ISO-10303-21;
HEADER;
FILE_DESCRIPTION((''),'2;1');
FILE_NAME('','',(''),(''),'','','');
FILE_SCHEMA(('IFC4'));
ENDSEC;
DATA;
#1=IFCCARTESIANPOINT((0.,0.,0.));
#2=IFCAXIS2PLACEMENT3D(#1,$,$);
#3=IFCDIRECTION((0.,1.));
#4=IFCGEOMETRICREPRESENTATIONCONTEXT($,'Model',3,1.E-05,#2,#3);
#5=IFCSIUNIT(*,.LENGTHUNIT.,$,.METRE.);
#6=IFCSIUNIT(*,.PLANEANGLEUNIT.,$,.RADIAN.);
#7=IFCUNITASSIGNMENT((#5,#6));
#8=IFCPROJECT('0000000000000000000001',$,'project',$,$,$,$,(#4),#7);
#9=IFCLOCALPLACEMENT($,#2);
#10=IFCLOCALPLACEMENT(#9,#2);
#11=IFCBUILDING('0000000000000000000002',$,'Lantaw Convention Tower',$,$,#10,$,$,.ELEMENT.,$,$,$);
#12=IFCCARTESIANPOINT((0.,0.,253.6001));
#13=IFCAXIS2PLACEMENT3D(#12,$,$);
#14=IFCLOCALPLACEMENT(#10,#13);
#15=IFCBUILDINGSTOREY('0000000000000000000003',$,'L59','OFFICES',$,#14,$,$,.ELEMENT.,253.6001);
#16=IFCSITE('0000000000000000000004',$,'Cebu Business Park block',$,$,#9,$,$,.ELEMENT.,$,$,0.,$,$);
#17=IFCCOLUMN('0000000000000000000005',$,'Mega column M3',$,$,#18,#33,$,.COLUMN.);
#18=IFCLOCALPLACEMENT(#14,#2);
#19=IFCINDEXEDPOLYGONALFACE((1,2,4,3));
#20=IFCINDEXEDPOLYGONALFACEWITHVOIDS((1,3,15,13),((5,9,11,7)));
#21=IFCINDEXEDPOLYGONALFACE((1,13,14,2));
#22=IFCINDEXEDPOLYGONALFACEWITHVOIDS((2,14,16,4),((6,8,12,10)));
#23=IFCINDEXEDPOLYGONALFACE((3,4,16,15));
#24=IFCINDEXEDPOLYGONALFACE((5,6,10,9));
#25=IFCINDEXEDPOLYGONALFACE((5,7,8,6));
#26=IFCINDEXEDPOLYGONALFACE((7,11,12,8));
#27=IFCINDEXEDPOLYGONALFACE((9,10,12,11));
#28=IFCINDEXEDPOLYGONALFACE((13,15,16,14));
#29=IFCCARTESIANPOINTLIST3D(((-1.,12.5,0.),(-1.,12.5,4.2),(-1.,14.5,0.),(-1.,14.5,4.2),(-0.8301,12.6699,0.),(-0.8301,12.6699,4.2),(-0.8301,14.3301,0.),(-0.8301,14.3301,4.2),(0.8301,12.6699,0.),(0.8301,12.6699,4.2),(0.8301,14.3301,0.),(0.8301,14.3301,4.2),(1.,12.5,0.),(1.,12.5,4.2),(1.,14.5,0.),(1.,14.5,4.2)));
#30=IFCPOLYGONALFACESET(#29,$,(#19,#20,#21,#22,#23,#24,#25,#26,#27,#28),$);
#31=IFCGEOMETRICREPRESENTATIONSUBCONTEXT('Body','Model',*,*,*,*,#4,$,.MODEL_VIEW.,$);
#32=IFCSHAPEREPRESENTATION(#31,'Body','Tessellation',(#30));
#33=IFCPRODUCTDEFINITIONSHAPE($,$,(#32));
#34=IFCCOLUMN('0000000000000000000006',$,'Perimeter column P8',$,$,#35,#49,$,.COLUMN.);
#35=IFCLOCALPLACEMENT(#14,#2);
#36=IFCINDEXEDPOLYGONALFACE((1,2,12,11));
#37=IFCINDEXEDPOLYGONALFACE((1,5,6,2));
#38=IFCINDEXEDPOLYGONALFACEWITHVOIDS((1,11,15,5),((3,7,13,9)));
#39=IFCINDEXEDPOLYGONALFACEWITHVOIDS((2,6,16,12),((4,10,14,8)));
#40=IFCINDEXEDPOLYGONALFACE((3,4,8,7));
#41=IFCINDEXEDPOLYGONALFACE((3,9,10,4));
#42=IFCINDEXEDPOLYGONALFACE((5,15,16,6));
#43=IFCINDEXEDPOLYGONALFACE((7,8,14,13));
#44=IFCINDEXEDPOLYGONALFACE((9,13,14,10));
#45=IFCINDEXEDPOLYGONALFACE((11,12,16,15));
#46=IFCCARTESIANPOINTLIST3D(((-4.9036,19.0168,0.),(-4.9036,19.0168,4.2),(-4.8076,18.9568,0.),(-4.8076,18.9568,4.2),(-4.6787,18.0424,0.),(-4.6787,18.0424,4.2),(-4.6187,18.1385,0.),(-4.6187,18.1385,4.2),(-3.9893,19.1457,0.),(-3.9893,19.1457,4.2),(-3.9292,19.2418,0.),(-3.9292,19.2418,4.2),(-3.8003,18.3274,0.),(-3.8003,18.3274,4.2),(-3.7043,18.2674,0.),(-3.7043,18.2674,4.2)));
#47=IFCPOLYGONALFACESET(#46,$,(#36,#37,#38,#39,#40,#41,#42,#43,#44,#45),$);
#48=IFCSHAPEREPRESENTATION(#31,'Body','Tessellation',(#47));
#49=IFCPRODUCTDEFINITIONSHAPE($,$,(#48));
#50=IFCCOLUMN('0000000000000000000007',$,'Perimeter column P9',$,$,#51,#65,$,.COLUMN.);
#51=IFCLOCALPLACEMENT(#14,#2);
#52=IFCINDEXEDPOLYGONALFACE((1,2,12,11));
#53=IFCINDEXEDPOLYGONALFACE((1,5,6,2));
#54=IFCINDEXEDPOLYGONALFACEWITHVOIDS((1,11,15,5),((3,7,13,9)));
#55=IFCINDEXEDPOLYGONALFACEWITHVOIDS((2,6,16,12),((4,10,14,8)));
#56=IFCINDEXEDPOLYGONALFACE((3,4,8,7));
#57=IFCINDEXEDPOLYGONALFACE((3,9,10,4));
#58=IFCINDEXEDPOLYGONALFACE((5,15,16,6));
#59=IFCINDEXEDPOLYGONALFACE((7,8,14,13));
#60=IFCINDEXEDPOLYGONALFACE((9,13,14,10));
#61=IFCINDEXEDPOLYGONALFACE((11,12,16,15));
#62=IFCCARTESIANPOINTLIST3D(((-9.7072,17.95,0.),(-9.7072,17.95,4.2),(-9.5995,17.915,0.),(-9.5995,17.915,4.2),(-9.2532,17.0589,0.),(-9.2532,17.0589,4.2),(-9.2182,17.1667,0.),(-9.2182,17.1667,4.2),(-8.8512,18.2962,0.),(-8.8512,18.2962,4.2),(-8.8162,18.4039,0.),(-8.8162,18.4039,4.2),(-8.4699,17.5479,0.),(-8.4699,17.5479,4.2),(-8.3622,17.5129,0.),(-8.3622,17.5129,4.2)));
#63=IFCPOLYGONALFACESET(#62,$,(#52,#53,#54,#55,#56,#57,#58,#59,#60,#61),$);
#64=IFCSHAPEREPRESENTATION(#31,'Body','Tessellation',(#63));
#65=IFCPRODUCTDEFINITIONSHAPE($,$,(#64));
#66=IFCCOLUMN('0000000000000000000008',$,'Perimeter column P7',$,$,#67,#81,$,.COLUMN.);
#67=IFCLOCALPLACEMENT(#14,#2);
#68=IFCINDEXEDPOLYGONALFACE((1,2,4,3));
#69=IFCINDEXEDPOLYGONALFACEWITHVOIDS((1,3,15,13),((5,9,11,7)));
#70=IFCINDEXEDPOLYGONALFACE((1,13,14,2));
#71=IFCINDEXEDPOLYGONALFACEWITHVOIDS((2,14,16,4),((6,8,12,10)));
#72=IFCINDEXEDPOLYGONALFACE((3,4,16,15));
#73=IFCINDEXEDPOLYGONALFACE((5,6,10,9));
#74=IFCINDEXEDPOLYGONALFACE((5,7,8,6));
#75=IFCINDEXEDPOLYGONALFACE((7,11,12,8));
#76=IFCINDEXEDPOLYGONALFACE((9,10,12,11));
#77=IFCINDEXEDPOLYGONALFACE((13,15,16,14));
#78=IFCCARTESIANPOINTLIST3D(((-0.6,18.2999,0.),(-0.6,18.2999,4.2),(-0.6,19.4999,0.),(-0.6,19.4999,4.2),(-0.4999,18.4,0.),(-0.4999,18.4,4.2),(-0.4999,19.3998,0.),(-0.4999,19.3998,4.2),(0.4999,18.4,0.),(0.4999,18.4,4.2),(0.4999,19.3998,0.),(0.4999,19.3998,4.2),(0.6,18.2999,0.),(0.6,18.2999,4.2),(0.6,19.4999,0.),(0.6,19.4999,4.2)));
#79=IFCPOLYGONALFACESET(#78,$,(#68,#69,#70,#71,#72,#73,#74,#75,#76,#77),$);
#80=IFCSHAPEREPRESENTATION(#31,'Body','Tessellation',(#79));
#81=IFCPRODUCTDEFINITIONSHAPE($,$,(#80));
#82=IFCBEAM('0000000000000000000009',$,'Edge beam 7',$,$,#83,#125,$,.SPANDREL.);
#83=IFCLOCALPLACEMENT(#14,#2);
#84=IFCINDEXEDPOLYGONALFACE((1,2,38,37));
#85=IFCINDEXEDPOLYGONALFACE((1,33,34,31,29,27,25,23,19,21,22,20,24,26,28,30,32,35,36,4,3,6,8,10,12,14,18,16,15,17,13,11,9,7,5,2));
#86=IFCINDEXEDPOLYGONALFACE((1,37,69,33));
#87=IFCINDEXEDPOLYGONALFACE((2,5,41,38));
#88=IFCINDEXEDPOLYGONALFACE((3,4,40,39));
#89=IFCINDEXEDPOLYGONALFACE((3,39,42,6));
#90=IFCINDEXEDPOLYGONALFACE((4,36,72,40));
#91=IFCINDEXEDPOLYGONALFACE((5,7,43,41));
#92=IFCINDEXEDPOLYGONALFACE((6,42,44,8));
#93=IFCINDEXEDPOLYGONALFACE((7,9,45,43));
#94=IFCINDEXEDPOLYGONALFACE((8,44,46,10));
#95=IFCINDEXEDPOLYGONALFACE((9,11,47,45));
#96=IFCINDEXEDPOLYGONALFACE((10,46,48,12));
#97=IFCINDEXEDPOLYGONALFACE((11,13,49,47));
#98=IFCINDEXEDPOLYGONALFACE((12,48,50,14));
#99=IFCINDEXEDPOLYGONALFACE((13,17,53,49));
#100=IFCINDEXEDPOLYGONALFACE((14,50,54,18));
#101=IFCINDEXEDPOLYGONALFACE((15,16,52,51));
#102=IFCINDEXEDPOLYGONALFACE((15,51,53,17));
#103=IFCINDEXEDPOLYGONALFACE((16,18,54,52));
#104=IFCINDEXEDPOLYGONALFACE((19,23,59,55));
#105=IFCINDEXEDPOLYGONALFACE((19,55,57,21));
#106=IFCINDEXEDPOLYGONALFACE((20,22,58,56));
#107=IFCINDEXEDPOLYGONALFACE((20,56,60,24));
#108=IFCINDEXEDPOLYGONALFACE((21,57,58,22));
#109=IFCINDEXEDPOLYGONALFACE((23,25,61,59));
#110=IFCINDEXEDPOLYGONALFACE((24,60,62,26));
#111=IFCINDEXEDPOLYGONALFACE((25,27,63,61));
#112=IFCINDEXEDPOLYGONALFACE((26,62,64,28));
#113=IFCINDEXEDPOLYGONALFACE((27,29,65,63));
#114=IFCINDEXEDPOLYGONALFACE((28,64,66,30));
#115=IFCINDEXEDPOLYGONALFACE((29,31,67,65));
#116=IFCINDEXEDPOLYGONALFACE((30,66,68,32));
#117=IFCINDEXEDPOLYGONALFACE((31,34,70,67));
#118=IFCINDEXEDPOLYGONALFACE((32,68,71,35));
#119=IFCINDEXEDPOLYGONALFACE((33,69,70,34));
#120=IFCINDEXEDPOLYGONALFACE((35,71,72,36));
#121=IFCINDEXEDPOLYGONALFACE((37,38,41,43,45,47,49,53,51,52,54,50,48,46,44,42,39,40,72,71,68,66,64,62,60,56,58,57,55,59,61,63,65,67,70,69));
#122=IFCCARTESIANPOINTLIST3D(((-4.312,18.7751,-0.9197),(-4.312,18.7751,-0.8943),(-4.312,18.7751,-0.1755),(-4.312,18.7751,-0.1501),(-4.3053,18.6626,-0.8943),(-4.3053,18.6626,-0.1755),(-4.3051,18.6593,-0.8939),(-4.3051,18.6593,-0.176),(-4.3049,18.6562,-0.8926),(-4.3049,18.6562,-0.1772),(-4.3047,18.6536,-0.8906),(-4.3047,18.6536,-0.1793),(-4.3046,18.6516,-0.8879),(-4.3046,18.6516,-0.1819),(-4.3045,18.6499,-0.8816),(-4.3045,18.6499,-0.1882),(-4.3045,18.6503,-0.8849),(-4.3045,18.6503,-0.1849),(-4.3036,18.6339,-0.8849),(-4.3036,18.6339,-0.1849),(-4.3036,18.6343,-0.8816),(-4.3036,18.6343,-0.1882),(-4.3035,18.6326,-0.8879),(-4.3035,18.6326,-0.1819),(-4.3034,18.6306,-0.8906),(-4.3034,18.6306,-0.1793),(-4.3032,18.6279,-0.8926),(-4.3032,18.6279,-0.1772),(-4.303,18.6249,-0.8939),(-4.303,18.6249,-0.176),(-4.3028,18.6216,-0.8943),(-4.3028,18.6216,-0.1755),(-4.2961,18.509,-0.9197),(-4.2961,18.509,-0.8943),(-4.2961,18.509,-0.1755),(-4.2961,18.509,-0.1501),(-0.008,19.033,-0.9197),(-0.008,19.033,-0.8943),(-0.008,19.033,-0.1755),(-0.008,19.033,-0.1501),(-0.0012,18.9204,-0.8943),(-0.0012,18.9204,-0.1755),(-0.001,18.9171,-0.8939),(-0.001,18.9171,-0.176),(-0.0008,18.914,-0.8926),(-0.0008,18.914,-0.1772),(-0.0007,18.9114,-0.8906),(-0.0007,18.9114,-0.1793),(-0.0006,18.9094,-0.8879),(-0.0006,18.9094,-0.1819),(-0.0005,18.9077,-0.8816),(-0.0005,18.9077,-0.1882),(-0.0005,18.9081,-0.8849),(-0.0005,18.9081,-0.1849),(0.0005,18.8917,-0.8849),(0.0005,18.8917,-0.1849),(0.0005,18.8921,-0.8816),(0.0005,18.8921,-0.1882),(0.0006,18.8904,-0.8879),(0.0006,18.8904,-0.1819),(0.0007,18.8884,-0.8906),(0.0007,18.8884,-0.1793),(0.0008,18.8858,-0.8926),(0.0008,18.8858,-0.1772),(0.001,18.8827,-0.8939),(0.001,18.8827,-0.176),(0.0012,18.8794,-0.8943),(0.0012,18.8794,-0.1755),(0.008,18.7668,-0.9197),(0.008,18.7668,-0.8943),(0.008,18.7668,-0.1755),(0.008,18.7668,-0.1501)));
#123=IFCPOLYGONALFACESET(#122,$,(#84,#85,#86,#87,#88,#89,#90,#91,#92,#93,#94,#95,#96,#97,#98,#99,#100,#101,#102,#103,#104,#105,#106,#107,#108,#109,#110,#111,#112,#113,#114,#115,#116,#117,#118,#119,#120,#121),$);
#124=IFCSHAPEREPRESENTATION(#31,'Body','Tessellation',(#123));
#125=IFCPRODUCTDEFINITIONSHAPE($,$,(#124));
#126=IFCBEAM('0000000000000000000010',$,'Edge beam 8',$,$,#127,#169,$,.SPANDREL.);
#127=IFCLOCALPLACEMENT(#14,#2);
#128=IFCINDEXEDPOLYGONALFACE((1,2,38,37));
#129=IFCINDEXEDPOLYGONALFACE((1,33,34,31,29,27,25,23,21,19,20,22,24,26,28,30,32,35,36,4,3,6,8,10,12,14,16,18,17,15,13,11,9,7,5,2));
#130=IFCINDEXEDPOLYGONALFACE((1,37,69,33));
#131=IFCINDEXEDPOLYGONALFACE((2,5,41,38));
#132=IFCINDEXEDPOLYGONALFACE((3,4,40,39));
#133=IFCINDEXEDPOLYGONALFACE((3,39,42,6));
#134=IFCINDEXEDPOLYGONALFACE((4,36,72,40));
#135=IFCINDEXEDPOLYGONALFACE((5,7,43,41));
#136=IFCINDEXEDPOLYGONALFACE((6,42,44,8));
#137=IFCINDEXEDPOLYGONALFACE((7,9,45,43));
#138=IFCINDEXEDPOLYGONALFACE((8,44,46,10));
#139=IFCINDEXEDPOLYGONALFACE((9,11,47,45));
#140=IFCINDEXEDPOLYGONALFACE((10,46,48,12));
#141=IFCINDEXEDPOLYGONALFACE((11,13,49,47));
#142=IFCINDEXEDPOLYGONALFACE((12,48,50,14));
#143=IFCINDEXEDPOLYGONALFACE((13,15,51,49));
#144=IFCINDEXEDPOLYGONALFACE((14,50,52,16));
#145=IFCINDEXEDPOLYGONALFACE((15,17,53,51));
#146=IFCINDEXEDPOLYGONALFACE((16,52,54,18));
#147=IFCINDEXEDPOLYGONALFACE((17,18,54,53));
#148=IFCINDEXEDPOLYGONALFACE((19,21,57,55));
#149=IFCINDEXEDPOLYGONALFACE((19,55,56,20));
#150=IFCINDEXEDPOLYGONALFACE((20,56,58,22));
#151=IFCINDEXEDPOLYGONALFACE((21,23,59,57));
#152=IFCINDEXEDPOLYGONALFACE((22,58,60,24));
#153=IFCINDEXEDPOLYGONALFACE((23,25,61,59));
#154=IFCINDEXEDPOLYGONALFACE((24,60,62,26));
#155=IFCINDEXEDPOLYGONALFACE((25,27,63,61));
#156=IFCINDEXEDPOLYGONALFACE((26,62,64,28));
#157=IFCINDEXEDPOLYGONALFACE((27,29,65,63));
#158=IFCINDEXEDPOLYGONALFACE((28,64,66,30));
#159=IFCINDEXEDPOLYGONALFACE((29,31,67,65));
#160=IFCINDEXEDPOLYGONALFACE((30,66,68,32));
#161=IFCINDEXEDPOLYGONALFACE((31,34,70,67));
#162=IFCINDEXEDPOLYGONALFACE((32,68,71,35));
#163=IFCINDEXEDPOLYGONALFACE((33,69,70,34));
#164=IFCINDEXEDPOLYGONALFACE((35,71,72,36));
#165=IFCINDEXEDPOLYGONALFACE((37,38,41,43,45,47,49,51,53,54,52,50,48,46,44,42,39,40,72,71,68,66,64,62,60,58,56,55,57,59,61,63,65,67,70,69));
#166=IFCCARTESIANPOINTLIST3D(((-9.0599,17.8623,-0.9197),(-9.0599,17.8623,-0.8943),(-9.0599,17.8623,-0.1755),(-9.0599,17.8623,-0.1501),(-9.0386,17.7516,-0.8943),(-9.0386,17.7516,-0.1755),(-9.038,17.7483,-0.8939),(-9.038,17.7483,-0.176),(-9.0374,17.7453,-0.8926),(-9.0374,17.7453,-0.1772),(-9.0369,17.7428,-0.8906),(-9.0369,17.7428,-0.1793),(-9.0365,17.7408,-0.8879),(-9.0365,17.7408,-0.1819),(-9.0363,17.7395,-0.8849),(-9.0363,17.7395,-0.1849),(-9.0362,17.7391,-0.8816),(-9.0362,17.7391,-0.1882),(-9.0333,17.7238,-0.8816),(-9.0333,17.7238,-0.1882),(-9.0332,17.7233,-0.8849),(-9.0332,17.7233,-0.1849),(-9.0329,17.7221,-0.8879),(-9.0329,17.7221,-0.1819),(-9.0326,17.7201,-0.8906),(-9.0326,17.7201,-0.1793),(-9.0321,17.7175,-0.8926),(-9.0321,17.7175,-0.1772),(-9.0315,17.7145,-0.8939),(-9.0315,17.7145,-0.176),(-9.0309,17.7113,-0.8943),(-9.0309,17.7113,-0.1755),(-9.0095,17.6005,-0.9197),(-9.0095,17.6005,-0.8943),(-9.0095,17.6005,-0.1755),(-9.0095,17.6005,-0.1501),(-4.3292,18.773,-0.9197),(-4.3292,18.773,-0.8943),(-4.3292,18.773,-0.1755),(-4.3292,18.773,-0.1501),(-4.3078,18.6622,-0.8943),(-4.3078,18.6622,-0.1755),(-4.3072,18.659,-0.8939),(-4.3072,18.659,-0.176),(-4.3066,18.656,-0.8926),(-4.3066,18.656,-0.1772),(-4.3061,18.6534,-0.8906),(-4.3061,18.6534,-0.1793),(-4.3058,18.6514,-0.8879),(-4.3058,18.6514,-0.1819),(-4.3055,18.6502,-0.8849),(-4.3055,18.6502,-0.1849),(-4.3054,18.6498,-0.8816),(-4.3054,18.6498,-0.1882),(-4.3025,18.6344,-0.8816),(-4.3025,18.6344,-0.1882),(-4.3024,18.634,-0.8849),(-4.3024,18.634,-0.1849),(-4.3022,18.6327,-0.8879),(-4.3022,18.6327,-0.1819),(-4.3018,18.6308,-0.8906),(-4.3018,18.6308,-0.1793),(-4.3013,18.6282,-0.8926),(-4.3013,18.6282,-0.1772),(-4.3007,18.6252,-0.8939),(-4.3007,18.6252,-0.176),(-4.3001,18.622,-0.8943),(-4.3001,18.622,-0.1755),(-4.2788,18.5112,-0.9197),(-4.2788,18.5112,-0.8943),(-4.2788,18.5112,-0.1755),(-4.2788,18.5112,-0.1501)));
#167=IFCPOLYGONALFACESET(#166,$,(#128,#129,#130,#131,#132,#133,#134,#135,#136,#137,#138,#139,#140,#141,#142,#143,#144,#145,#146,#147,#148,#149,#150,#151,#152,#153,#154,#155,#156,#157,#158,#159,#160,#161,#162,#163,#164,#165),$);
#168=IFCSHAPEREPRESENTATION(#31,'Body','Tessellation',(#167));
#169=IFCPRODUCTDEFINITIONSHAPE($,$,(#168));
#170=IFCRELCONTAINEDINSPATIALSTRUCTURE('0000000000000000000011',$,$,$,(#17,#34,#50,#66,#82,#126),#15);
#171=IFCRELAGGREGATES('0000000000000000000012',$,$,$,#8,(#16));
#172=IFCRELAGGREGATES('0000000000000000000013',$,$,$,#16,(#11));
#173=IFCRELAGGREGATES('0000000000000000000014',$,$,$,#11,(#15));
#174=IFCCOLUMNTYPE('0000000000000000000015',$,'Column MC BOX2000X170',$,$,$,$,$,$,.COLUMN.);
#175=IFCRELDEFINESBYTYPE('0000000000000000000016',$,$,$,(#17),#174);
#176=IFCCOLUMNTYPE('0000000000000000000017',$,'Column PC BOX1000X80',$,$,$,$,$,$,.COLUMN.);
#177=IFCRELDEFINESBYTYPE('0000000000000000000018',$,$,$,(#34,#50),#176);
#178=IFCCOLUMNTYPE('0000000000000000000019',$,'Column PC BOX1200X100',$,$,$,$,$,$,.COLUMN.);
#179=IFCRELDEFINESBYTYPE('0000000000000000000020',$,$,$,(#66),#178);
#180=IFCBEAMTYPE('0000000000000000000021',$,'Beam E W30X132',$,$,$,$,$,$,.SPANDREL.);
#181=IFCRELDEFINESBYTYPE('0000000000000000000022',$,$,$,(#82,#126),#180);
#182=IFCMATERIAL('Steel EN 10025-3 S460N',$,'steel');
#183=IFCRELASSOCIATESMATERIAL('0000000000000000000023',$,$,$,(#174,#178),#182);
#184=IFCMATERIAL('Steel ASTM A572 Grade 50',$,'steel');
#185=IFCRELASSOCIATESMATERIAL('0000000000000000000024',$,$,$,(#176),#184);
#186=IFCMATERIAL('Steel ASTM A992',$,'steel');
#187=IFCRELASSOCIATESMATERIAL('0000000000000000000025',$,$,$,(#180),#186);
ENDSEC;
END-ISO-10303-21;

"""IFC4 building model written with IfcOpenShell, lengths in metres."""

from ifc_helpers import new_model, si_unit, direction, frame, origin, origin_2d, place, context, subcontext, project, spatial, rectangle, hollow_rectangle, i_section, extrude, material, material_profile, profile_set, type_object, element, save


model = new_model("IFC4")

# Units and contexts
model_context = context("Model", 3, precision=1e-05, world=origin(), true_north=direction((0.0, 1.0)))
body_context = subcontext(model_context, "Body", "Model", "MODEL_VIEW")
ifc_project = project(units=[si_unit("LENGTHUNIT", "METRE"), si_unit("PLANEANGLEUNIT", "RADIAN")], contexts=[model_context])

# Site, building, storey
site_placement = place(None, origin())
site = spatial("IfcSite", under=ifc_project, at=site_placement, Name="Cebu Business Park block", CompositionType="ELEMENT", RefElevation=0.0)
building_placement = place(site_placement, origin())
building = spatial("IfcBuilding", under=site, at=building_placement, Name="Lantaw Convention Tower", CompositionType="ELEMENT")
storey_placement = place(building_placement, frame((0.0, 0.0, 253.6001)))
storey = spatial("IfcBuildingStorey", under=building, at=storey_placement, Name="L59", Description="OFFICES", CompositionType="ELEMENT", Elevation=253.6001)

# Columns
ifc_material_1 = material(Name="Steel EN 10025-3 S460N", Category="steel")
ifc_material_profile_1 = material_profile(ifc_material_1, hollow_rectangle(XDim=2.0, YDim=2.0, WallThickness=0.1699, at=origin_2d()), Name="BOX2000X170")
ifc_material_2 = material(Name="Concrete C60/75", Category="concrete")
ifc_material_profile_2 = material_profile(ifc_material_2, rectangle(XDim=1.6599, YDim=1.6599, at=origin_2d()), Name="Concrete fill of BOX2000X170")
ifc_profile_set_1 = profile_set([ifc_material_profile_1, ifc_material_profile_2], Name="Steel EN 10025-3 S460N")
column_type_1 = type_object("IfcColumnType", Name="Column MC BOX2000X170", PredefinedType="COLUMN", material=ifc_profile_set_1)
column_1_placement = place(storey_placement, frame((0.0, 13.5, 0.0), z_axis=(0.0, 0.0, 1.0), x_axis=(1.0, 0.0, 0.0)))
element("IfcColumn", 1, at=column_1_placement, inside=storey, type_object=column_type_1, Name="Mega column M3", PredefinedType="COLUMN", context=body_context, shape_type="SweptSolid", body=[
    extrude(hollow_rectangle(XDim=2.0, YDim=2.0, WallThickness=0.1699, at=origin_2d()), origin(), (0.0, 0.0, 1.0), 4.2),
])
ifc_material_3 = material(Name="Steel ASTM A572 Grade 50", Category="steel")
ifc_material_profile_3 = material_profile(ifc_material_3, hollow_rectangle(XDim=1.0, YDim=1.0, WallThickness=0.0801, at=origin_2d()), Name="BOX1000X80")
ifc_material_profile_4 = material_profile(ifc_material_2, rectangle(XDim=0.8401, YDim=0.8401, at=origin_2d()), Name="Concrete fill of BOX1000X80")
ifc_profile_set_2 = profile_set([ifc_material_profile_3, ifc_material_profile_4], Name="Steel ASTM A572 Grade 50")
column_type_2 = type_object("IfcColumnType", Name="Column PC BOX1000X80", PredefinedType="COLUMN", material=ifc_profile_set_2)
for number, where, z_axis, x_axis, name in (
    (2, (-4.304, 18.6421, 0.0), (0.0, 0.0, 1.0), (0.97437, 0.224951, 0.0), "Perimeter column P8"),
    (3, (-9.0347, 17.7314, 0.0), (0.0, 0.0, 1.0), (0.891007, 0.45399, 0.0), "Perimeter column P9"),
):
    element("IfcColumn", number, at=place(storey_placement, frame(where, z_axis=z_axis, x_axis=x_axis)), inside=storey, type_object=column_type_2, Name=name, PredefinedType="COLUMN", context=body_context, shape_type="SweptSolid", body=[
        extrude(hollow_rectangle(XDim=1.0, YDim=1.0, WallThickness=0.0801, at=origin_2d()), origin(), (0.0, 0.0, 1.0), 4.2),
    ])
ifc_material_profile_5 = material_profile(ifc_material_1, hollow_rectangle(XDim=1.2, YDim=1.2, WallThickness=0.1001, at=origin_2d()), Name="BOX1200X100")
ifc_material_profile_6 = material_profile(ifc_material_2, rectangle(XDim=1.0, YDim=1.0, at=origin_2d()), Name="Concrete fill of BOX1200X100")
ifc_profile_set_3 = profile_set([ifc_material_profile_5, ifc_material_profile_6], Name="Steel EN 10025-3 S460N")
column_type_3 = type_object("IfcColumnType", Name="Column PC BOX1200X100", PredefinedType="COLUMN", material=ifc_profile_set_3)
column_2_placement = place(storey_placement, frame((0.0, 18.8999, 0.0), z_axis=(0.0, 0.0, 1.0), x_axis=(1.0, 0.0, 0.0)))
element("IfcColumn", 4, at=column_2_placement, inside=storey, type_object=column_type_3, Name="Perimeter column P7", PredefinedType="COLUMN", context=body_context, shape_type="SweptSolid", body=[
    extrude(hollow_rectangle(XDim=1.2, YDim=1.2, WallThickness=0.1001, at=origin_2d()), origin(), (0.0, 0.0, 1.0), 4.2),
])

# Beams
ifc_material_4 = material(Name="Steel ASTM A992", Category="steel")
ifc_material_profile_7 = material_profile(ifc_material_4, i_section(OverallWidth=0.2666, OverallDepth=0.7695, WebThickness=0.0156, FlangeThickness=0.0254, FilletRadius=0.0127, at=origin_2d()), Name="W30X132")
ifc_profile_set_4 = profile_set([ifc_material_profile_7], Name="Steel ASTM A992")
beam_type_1 = type_object("IfcBeamType", Name="Beam E W30X132", PredefinedType="SPANDREL", material=ifc_profile_set_4)
beam_1_placement = place(storey_placement, frame((0.0, 18.8999, -0.5349), z_axis=(-0.998211, -0.059794, 0.0), x_axis=(0.059794, -0.998211, 0.0)))
element("IfcBeam", 5, at=beam_1_placement, inside=storey, type_object=beam_type_1, Name="Edge beam 7", PredefinedType="SPANDREL", context=body_context, shape_type="SweptSolid", body=[
    extrude(i_section(OverallWidth=0.2666, OverallDepth=0.7695, WebThickness=0.0156, FlangeThickness=0.0254, FilletRadius=0.0127, at=origin_2d()), origin(), (0.0, 0.0, 1.0), 4.3118),
])
beam_2_placement = place(storey_placement, frame((-4.304, 18.6421, -0.5349), z_axis=(-0.981972, -0.189026, 0.0), x_axis=(0.189026, -0.981972, 0.0)))
element("IfcBeam", 6, at=beam_2_placement, inside=storey, type_object=beam_type_1, Name="Edge beam 8", PredefinedType="SPANDREL", context=body_context, shape_type="SweptSolid", body=[
    extrude(i_section(OverallWidth=0.2666, OverallDepth=0.7695, WebThickness=0.0156, FlangeThickness=0.0254, FilletRadius=0.0127, at=origin_2d()), origin(), (0.0, 0.0, 1.0), 4.8176),
])

save(model, "model.ifc")
